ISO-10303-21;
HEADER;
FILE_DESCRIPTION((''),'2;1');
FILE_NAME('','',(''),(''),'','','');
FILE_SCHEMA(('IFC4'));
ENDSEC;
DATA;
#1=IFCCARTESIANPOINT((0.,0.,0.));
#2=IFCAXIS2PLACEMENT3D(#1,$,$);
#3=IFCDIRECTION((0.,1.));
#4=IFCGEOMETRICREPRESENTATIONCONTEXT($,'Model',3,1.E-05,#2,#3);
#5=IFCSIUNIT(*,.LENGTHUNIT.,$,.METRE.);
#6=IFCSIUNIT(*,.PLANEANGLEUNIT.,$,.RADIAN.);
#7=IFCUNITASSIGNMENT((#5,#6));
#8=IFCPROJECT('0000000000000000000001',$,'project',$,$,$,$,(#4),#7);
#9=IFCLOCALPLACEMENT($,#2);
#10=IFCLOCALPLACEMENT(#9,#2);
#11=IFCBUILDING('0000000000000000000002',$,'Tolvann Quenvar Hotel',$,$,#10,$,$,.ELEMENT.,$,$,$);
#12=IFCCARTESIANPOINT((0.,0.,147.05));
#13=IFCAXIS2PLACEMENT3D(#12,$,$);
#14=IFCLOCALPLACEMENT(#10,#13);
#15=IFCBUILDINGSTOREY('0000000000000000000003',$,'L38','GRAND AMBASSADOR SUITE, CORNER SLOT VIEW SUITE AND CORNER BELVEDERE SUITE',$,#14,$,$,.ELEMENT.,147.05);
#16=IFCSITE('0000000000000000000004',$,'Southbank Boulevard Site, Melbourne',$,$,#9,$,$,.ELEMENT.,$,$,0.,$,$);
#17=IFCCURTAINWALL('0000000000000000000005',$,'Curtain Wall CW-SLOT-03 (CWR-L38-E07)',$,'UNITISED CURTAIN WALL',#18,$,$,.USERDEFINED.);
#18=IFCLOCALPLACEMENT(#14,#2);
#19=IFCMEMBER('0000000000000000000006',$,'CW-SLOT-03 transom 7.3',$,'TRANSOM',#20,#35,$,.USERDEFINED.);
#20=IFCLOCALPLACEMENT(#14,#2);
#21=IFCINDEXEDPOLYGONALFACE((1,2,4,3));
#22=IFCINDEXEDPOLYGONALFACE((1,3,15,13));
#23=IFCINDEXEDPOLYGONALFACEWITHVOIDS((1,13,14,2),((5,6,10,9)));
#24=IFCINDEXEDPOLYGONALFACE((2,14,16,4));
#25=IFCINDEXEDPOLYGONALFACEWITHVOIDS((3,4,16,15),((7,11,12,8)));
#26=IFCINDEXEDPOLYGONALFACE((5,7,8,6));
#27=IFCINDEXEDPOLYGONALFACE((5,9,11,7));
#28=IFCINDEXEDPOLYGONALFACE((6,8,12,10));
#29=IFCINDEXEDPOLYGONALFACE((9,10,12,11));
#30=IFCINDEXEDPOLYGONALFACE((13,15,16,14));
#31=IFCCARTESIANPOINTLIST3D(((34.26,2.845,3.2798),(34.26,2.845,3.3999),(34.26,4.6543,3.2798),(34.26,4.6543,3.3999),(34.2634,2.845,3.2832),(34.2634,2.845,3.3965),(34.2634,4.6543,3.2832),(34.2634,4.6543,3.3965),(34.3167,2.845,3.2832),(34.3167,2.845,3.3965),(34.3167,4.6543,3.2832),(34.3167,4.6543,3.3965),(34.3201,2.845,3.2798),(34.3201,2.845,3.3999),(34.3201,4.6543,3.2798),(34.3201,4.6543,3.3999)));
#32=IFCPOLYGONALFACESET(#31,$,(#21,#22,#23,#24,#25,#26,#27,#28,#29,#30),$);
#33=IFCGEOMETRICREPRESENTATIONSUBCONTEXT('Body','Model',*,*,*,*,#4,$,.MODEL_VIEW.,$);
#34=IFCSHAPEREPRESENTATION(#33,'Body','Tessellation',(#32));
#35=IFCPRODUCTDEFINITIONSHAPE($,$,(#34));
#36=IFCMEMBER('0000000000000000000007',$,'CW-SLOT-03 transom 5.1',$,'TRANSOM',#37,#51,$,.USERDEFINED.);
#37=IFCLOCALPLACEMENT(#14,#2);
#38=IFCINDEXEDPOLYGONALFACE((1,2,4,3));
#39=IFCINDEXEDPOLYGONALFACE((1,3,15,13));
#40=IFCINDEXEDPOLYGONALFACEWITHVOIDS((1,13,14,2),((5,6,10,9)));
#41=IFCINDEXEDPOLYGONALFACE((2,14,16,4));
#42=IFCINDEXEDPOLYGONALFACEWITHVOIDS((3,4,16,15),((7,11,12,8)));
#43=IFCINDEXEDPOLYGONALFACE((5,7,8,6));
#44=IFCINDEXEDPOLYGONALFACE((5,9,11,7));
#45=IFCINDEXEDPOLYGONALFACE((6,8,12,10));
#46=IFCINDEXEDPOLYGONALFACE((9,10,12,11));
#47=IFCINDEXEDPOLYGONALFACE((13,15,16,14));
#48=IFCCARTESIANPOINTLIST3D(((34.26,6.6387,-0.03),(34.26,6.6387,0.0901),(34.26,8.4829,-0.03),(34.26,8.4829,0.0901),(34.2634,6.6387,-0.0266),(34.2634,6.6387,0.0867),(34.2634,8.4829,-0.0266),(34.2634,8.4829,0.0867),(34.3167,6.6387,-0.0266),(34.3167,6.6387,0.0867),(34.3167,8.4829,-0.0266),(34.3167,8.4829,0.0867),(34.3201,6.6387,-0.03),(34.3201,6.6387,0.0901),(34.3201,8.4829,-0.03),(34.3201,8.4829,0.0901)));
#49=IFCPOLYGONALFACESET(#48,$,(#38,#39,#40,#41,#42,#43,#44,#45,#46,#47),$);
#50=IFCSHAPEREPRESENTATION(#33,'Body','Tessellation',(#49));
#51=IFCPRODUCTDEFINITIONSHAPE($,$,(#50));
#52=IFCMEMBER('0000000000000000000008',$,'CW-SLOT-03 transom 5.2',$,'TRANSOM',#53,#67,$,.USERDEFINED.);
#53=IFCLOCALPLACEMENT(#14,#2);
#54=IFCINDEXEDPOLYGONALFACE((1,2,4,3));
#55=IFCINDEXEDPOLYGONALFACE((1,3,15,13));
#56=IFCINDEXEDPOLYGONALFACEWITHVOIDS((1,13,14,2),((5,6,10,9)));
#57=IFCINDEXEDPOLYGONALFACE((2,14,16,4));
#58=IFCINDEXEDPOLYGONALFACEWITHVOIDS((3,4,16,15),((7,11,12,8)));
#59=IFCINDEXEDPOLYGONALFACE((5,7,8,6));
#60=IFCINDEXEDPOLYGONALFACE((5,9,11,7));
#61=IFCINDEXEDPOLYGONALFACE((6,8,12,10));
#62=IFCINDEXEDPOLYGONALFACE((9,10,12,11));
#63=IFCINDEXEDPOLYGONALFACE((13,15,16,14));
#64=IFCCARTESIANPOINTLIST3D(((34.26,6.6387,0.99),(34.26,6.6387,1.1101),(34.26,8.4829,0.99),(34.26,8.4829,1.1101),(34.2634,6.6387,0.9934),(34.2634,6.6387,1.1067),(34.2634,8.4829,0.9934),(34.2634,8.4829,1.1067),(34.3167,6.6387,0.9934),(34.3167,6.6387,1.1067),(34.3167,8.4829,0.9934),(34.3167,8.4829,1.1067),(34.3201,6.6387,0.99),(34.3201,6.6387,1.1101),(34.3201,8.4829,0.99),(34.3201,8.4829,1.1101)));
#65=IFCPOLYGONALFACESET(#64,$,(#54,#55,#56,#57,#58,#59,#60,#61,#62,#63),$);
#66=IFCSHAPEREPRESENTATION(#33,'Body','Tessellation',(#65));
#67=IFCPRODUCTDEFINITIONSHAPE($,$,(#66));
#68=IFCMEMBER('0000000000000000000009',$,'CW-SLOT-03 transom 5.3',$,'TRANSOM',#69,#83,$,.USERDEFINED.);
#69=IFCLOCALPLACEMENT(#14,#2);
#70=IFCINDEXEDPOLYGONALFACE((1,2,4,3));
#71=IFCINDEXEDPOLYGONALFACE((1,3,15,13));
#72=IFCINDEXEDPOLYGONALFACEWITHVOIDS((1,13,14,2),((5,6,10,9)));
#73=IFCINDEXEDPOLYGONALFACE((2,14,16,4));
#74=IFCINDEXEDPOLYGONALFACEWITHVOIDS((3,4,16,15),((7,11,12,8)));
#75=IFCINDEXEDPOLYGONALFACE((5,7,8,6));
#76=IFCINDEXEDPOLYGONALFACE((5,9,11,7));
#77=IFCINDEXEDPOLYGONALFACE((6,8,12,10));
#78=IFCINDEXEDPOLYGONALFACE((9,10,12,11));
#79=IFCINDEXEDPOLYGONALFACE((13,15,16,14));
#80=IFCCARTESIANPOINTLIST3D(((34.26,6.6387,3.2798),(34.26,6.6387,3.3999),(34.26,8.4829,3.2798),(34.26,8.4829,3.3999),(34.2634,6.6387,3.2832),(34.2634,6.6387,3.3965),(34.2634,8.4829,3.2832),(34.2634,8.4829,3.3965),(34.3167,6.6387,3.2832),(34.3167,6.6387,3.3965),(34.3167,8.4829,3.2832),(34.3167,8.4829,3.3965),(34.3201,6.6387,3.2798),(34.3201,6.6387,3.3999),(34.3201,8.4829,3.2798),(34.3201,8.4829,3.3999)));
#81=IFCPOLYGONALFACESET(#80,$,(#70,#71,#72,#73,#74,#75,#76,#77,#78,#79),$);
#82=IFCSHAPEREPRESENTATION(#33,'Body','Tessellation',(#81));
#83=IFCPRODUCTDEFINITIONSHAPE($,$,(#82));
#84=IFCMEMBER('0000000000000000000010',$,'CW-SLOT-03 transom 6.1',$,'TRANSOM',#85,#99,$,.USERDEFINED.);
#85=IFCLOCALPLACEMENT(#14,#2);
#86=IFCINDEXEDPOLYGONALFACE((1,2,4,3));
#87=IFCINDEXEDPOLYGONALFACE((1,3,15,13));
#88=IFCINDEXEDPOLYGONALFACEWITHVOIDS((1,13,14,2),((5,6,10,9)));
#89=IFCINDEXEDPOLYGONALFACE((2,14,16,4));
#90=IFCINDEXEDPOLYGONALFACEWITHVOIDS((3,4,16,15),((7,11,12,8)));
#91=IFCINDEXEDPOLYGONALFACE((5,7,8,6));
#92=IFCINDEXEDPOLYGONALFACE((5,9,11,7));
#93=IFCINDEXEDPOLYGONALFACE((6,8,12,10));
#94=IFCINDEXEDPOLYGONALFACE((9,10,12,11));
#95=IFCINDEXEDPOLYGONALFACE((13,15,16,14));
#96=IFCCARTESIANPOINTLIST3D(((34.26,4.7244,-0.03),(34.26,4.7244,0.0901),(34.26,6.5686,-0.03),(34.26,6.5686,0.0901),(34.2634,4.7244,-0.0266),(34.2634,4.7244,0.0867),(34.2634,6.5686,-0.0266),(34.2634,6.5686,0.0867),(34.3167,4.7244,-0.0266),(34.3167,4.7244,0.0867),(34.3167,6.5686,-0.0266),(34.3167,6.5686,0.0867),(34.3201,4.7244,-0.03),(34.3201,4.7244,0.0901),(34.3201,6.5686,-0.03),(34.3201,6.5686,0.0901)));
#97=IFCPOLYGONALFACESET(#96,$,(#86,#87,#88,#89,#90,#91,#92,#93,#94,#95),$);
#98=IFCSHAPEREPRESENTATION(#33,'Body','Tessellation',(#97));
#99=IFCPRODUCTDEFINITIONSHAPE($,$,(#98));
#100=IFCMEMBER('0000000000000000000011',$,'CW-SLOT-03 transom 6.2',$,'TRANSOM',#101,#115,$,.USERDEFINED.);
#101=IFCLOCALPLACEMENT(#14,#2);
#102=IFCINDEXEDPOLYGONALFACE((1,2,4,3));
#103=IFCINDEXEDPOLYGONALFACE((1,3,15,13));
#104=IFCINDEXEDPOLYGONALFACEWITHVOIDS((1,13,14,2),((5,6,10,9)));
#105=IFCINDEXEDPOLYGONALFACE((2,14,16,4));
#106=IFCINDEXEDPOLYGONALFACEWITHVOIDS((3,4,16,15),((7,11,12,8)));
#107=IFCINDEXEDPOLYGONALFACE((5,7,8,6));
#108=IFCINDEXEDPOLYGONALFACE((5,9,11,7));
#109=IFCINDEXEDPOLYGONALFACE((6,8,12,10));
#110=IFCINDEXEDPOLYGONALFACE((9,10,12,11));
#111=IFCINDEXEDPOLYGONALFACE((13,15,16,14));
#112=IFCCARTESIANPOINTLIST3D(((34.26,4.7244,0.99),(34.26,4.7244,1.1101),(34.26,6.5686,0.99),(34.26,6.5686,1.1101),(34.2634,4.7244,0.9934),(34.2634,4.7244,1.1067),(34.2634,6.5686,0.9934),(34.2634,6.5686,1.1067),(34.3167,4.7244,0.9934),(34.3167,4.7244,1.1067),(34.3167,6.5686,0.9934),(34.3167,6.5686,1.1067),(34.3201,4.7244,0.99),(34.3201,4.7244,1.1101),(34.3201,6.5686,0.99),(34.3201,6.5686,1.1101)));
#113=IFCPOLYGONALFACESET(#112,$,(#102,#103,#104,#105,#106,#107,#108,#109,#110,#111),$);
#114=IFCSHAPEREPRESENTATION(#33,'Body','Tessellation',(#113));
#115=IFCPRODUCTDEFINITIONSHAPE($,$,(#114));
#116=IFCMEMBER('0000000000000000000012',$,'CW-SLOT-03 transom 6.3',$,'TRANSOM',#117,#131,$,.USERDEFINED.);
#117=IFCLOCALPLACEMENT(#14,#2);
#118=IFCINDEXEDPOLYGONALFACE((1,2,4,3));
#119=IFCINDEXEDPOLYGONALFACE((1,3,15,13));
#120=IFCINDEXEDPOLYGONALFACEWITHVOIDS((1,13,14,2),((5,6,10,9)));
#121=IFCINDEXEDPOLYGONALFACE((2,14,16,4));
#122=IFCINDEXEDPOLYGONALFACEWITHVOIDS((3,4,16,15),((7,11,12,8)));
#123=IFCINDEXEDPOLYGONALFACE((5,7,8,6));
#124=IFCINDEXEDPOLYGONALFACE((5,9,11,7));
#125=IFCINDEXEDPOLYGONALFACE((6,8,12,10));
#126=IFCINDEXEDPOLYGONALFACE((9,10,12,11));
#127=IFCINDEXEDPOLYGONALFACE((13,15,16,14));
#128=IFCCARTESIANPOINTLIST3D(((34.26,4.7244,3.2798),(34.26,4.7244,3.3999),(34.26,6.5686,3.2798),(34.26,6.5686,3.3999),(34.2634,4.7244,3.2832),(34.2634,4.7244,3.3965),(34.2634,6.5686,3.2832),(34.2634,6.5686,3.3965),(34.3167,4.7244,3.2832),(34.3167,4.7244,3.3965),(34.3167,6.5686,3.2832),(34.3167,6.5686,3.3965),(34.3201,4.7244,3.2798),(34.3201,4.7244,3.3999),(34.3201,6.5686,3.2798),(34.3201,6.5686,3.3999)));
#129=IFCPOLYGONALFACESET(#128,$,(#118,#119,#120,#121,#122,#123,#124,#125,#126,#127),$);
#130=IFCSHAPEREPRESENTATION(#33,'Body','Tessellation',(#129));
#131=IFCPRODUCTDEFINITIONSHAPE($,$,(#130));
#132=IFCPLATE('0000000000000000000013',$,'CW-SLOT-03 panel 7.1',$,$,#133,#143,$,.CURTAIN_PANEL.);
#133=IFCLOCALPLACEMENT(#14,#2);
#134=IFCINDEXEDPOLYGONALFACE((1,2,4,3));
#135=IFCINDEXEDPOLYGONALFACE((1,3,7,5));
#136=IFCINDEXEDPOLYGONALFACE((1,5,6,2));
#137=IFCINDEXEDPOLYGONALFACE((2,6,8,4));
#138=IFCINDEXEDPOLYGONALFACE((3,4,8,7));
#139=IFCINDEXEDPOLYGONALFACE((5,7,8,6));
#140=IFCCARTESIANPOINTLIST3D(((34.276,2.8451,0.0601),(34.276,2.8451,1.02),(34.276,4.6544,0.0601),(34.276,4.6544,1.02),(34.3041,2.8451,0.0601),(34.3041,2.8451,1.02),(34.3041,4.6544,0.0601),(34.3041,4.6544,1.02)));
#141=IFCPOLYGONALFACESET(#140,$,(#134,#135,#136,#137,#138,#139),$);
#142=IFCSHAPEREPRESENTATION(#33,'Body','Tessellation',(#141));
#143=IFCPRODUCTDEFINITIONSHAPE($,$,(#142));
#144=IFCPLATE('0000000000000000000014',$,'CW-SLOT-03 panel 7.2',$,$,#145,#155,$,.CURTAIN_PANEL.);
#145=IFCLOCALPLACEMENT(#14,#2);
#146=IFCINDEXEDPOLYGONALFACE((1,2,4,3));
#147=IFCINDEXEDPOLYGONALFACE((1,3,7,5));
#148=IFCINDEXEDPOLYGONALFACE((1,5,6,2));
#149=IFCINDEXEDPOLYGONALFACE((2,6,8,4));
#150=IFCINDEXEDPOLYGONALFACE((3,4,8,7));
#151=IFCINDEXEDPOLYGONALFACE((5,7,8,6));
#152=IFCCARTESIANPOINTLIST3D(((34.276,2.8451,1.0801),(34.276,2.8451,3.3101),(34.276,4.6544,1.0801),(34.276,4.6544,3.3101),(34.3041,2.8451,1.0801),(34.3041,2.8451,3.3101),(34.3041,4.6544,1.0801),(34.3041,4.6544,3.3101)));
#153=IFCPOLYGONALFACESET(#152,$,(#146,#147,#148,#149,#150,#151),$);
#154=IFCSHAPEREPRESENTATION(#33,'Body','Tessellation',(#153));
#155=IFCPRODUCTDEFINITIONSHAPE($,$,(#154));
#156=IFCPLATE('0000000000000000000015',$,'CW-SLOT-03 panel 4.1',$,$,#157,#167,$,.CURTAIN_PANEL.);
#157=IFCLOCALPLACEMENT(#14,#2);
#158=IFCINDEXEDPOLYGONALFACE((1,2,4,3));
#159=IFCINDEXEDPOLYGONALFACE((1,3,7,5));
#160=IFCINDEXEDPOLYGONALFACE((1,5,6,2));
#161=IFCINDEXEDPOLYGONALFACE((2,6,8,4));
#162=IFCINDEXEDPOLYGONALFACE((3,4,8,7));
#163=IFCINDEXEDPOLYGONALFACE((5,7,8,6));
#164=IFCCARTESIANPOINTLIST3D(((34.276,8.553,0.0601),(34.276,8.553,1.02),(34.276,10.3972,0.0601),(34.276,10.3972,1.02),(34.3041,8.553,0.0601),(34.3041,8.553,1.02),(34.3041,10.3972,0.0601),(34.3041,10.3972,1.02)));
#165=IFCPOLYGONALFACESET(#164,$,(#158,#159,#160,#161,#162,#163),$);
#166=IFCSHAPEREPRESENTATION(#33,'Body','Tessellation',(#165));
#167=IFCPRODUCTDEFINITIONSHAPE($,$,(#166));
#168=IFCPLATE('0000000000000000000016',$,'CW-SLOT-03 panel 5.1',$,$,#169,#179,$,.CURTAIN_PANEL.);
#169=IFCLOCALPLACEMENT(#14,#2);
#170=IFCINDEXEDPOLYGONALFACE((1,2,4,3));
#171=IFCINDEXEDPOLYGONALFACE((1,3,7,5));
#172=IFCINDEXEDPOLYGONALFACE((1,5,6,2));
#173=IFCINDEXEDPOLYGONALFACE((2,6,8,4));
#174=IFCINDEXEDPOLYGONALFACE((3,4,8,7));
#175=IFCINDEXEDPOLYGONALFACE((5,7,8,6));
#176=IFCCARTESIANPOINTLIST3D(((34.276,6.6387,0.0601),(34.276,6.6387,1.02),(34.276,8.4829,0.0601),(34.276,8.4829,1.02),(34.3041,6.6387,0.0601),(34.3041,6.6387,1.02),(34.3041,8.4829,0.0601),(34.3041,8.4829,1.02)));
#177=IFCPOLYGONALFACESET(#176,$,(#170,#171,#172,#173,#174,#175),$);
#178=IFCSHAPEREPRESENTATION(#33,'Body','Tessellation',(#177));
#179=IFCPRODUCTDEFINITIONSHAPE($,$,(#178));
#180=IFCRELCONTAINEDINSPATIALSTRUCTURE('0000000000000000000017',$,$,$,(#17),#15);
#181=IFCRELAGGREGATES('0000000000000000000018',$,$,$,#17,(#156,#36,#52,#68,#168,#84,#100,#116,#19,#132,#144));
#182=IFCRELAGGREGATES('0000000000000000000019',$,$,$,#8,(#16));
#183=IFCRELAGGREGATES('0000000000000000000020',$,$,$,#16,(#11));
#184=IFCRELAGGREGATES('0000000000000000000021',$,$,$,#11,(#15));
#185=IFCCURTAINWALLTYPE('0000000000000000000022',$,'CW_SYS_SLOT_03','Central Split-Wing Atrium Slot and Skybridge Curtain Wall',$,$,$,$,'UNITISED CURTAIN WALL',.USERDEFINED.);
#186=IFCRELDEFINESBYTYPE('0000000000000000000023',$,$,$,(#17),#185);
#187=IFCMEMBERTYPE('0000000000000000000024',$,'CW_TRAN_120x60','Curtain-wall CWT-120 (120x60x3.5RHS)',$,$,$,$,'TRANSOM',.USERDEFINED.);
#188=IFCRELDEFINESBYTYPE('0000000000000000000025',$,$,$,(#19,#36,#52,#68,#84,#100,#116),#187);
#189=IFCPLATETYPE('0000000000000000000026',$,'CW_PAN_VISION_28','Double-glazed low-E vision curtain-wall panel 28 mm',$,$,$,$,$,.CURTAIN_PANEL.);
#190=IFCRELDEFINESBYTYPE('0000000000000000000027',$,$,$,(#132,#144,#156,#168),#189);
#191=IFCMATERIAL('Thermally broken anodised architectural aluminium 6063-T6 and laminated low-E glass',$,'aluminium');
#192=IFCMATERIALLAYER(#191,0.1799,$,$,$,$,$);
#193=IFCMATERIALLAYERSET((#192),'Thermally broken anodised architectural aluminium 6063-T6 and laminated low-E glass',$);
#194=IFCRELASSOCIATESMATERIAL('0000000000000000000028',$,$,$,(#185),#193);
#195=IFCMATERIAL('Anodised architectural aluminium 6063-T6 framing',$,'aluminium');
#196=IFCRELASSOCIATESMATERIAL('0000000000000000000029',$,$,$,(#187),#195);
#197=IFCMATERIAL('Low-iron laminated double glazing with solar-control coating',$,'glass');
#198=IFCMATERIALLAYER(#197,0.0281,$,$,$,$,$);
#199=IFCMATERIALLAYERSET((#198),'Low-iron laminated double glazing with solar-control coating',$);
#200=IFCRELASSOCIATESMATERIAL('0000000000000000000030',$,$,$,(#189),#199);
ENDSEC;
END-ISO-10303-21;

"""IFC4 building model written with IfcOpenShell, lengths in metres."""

from ifc_helpers import new_model, si_unit, direction, frame, origin, origin_2d, place, context, subcontext, project, spatial, rectangle, hollow_rectangle, extrude, source, transform, mapped, material, layer, layer_set, material_profile, profile_set, type_object, type_shapes, element, aggregate, save


model = new_model("IFC4")

# Units and contexts
model_context = context("Model", 3, precision=1e-05, world=origin(), true_north=direction((0.0, 1.0)))
body_context = subcontext(model_context, "Body", "Model", "MODEL_VIEW")
ifc_project = project(units=[si_unit("LENGTHUNIT", "METRE"), si_unit("PLANEANGLEUNIT", "RADIAN")], contexts=[model_context])

# Site, building, storey
site_placement = place(None, origin())
site = spatial("IfcSite", under=ifc_project, at=site_placement, Name="Southbank Boulevard Site, Melbourne", CompositionType="ELEMENT", RefElevation=0.0)
building_placement = place(site_placement, origin())
building = spatial("IfcBuilding", under=site, at=building_placement, Name="Tolvann Quenvar Hotel", CompositionType="ELEMENT")
storey_placement = place(building_placement, frame((0.0, 0.0, 147.05)))
storey = spatial("IfcBuildingStorey", under=building, at=storey_placement, Name="L38", Description="GRAND AMBASSADOR SUITE, CORNER SLOT VIEW SUITE AND CORNER BELVEDERE SUITE", CompositionType="ELEMENT", Elevation=147.05)

# Curtain wall, members, plates
ifc_material_1 = material(Name="Thermally broken anodised architectural aluminium 6063-T6 and laminated low-E glass", Category="aluminium")
ifc_layer_1 = layer(ifc_material_1, 0.1799)
ifc_layer_set_1 = layer_set([ifc_layer_1], Name="Thermally broken anodised architectural aluminium 6063-T6 and laminated low-E glass")
curtain_wall_type = type_object("IfcCurtainWallType", Name="CW_SYS_SLOT_03", Description="Central Split-Wing Atrium Slot and Skybridge Curtain Wall", ElementType="UNITISED CURTAIN WALL", PredefinedType="USERDEFINED", material=ifc_layer_set_1)
curtain_wall_placement = place(storey_placement, origin())
curtain_wall = element("IfcCurtainWall", 1, at=curtain_wall_placement, inside=storey, type_object=curtain_wall_type, Name="Curtain Wall CW-SLOT-03 (CWR-L38-E07)", ObjectType="UNITISED CURTAIN WALL", PredefinedType="USERDEFINED")
ifc_material_2 = material(Name="Anodised architectural aluminium 6063-T6 framing", Category="aluminium")
ifc_material_profile_1 = material_profile(ifc_material_2, hollow_rectangle(XDim=0.0601, YDim=0.1201, WallThickness=0.0034, at=origin_2d()), Name="120x60x3.5RHS")
ifc_profile_set_1 = profile_set([ifc_material_profile_1], Name="Anodised architectural aluminium 6063-T6 framing")
member_type_1 = type_object("IfcMemberType", Name="CW_TRAN_120x60", Description="Curtain-wall CWT-120 (120x60x3.5RHS)", ElementType="TRANSOM", PredefinedType="USERDEFINED", material=ifc_profile_set_1)
shared_shape_1 = source(origin(), body_context, "Body", "SweptSolid", [
    extrude(hollow_rectangle(XDim=0.0601, YDim=0.1201, WallThickness=0.0034, at=origin_2d()), origin(), (0.0, 0.0, 1.0), 1.8093),
])
member_1_placement = place(storey_placement, frame((34.29, 4.6543, 3.3398), z_axis=(0.0, -1.0, 0.0), x_axis=(1.0, 0.0, 0.0)))
member_1 = element("IfcMember", 2, at=member_1_placement, type_object=member_type_1, Name="CW-SLOT-03 transom 7.3", ObjectType="TRANSOM", PredefinedType="USERDEFINED", context=body_context, shape_type="MappedRepresentation", body=[
    mapped(shared_shape_1, transform((0.0, 0.0, 0.0), x_axis=(1.0, 0.0, 0.0), y_axis=(0.0, 1.0, 0.0), z_axis=(0.0, 0.0, 1.0), scale=1.0)),
])
shared_shape_2 = source(origin(), body_context, "Body", "SweptSolid", [
    extrude(hollow_rectangle(XDim=0.0601, YDim=0.1201, WallThickness=0.0034, at=origin_2d()), origin(), (0.0, 0.0, 1.0), 1.8442),
])
type_shapes(member_type_1, [shared_shape_1, shared_shape_2])
member_2_placement = place(storey_placement, frame((34.29, 8.4829, 0.03), z_axis=(0.0, -1.0, 0.0), x_axis=(1.0, 0.0, 0.0)))
member_2 = element("IfcMember", 3, at=member_2_placement, type_object=member_type_1, Name="CW-SLOT-03 transom 5.1", ObjectType="TRANSOM", PredefinedType="USERDEFINED", context=body_context, shape_type="MappedRepresentation", body=[
    mapped(shared_shape_2, transform((0.0, 0.0, 0.0), x_axis=(1.0, 0.0, 0.0), y_axis=(0.0, 1.0, 0.0), z_axis=(0.0, 0.0, 1.0), scale=1.0)),
])
member_3_placement = place(storey_placement, frame((34.29, 8.4829, 1.05), z_axis=(0.0, -1.0, 0.0), x_axis=(1.0, 0.0, 0.0)))
member_3 = element("IfcMember", 4, at=member_3_placement, type_object=member_type_1, Name="CW-SLOT-03 transom 5.2", ObjectType="TRANSOM", PredefinedType="USERDEFINED", context=body_context, shape_type="MappedRepresentation", body=[
    mapped(shared_shape_2, transform((0.0, 0.0, 0.0), x_axis=(1.0, 0.0, 0.0), y_axis=(0.0, 1.0, 0.0), z_axis=(0.0, 0.0, 1.0), scale=1.0)),
])
member_4_placement = place(storey_placement, frame((34.29, 8.4829, 3.3398), z_axis=(0.0, -1.0, 0.0), x_axis=(1.0, 0.0, 0.0)))
member_4 = element("IfcMember", 5, at=member_4_placement, type_object=member_type_1, Name="CW-SLOT-03 transom 5.3", ObjectType="TRANSOM", PredefinedType="USERDEFINED", context=body_context, shape_type="MappedRepresentation", body=[
    mapped(shared_shape_2, transform((0.0, 0.0, 0.0), x_axis=(1.0, 0.0, 0.0), y_axis=(0.0, 1.0, 0.0), z_axis=(0.0, 0.0, 1.0), scale=1.0)),
])
member_5_placement = place(storey_placement, frame((34.29, 6.5686, 0.03), z_axis=(0.0, -1.0, 0.0), x_axis=(1.0, 0.0, 0.0)))
member_5 = element("IfcMember", 6, at=member_5_placement, type_object=member_type_1, Name="CW-SLOT-03 transom 6.1", ObjectType="TRANSOM", PredefinedType="USERDEFINED", context=body_context, shape_type="MappedRepresentation", body=[
    mapped(shared_shape_2, transform((0.0, 0.0, 0.0), x_axis=(1.0, 0.0, 0.0), y_axis=(0.0, 1.0, 0.0), z_axis=(0.0, 0.0, 1.0), scale=1.0)),
])
member_6_placement = place(storey_placement, frame((34.29, 6.5686, 1.05), z_axis=(0.0, -1.0, 0.0), x_axis=(1.0, 0.0, 0.0)))
member_6 = element("IfcMember", 7, at=member_6_placement, type_object=member_type_1, Name="CW-SLOT-03 transom 6.2", ObjectType="TRANSOM", PredefinedType="USERDEFINED", context=body_context, shape_type="MappedRepresentation", body=[
    mapped(shared_shape_2, transform((0.0, 0.0, 0.0), x_axis=(1.0, 0.0, 0.0), y_axis=(0.0, 1.0, 0.0), z_axis=(0.0, 0.0, 1.0), scale=1.0)),
])
member_7_placement = place(storey_placement, frame((34.29, 6.5686, 3.3398), z_axis=(0.0, -1.0, 0.0), x_axis=(1.0, 0.0, 0.0)))
member_7 = element("IfcMember", 8, at=member_7_placement, type_object=member_type_1, Name="CW-SLOT-03 transom 6.3", ObjectType="TRANSOM", PredefinedType="USERDEFINED", context=body_context, shape_type="MappedRepresentation", body=[
    mapped(shared_shape_2, transform((0.0, 0.0, 0.0), x_axis=(1.0, 0.0, 0.0), y_axis=(0.0, 1.0, 0.0), z_axis=(0.0, 0.0, 1.0), scale=1.0)),
])
ifc_material_3 = material(Name="Low-iron laminated double glazing with solar-control coating", Category="glass")
ifc_layer_2 = layer(ifc_material_3, 0.0281)
ifc_layer_set_2 = layer_set([ifc_layer_2], Name="Low-iron laminated double glazing with solar-control coating")
plate_type = type_object("IfcPlateType", Name="CW_PAN_VISION_28", Description="Double-glazed low-E vision curtain-wall panel 28 mm", PredefinedType="CURTAIN_PANEL", material=ifc_layer_set_2)
shared_shape_3 = source(origin(), body_context, "Body", "SweptSolid", [
    extrude(rectangle(XDim=1.8093, YDim=0.0281, at=origin_2d()), origin(), (0.0, 0.0, 1.0), 0.96),
])
plate_1_placement = place(storey_placement, frame((34.29, 3.7498, 0.0601), z_axis=(0.0, 0.0, 1.0), x_axis=(0.0, -1.0, 0.0)))
plate_1 = element("IfcPlate", 9, at=plate_1_placement, type_object=plate_type, Name="CW-SLOT-03 panel 7.1", PredefinedType="CURTAIN_PANEL", context=body_context, shape_type="MappedRepresentation", body=[
    mapped(shared_shape_3, transform((0.0, 0.0, 0.0), x_axis=(1.0, 0.0, 0.0), y_axis=(0.0, 1.0, 0.0), z_axis=(0.0, 0.0, 1.0), scale=1.0)),
])
shared_shape_4 = source(origin(), body_context, "Body", "SweptSolid", [
    extrude(rectangle(XDim=1.8093, YDim=0.0281, at=origin_2d()), origin(), (0.0, 0.0, 1.0), 2.23),
])
plate_2_placement = place(storey_placement, frame((34.29, 3.7498, 1.0801), z_axis=(0.0, 0.0, 1.0), x_axis=(0.0, -1.0, 0.0)))
plate_2 = element("IfcPlate", 10, at=plate_2_placement, type_object=plate_type, Name="CW-SLOT-03 panel 7.2", PredefinedType="CURTAIN_PANEL", context=body_context, shape_type="MappedRepresentation", body=[
    mapped(shared_shape_4, transform((0.0, 0.0, 0.0), x_axis=(1.0, 0.0, 0.0), y_axis=(0.0, 1.0, 0.0), z_axis=(0.0, 0.0, 1.0), scale=1.0)),
])
shared_shape_5 = source(origin(), body_context, "Body", "SweptSolid", [
    extrude(rectangle(XDim=1.8442, YDim=0.0281, at=origin_2d()), origin(), (0.0, 0.0, 1.0), 0.96),
])
plate_3_placement = place(storey_placement, frame((34.29, 9.4751, 0.0601), z_axis=(0.0, 0.0, 1.0), x_axis=(0.0, -1.0, 0.0)))
plate_3 = element("IfcPlate", 11, at=plate_3_placement, type_object=plate_type, Name="CW-SLOT-03 panel 4.1", PredefinedType="CURTAIN_PANEL", context=body_context, shape_type="MappedRepresentation", body=[
    mapped(shared_shape_5, transform((0.0, 0.0, 0.0), x_axis=(1.0, 0.0, 0.0), y_axis=(0.0, 1.0, 0.0), z_axis=(0.0, 0.0, 1.0), scale=1.0)),
])
plate_4_placement = place(storey_placement, frame((34.29, 7.5608, 0.0601), z_axis=(0.0, 0.0, 1.0), x_axis=(0.0, -1.0, 0.0)))
plate_4 = element("IfcPlate", 12, at=plate_4_placement, type_object=plate_type, Name="CW-SLOT-03 panel 5.1", PredefinedType="CURTAIN_PANEL", context=body_context, shape_type="MappedRepresentation", body=[
    mapped(shared_shape_5, transform((0.0, 0.0, 0.0), x_axis=(1.0, 0.0, 0.0), y_axis=(0.0, 1.0, 0.0), z_axis=(0.0, 0.0, 1.0), scale=1.0)),
])
aggregate(curtain_wall, [plate_3, member_2, member_3, member_4, plate_4, member_5, member_6, member_7, member_1, plate_1, plate_2])

save(model, "model.ifc")
